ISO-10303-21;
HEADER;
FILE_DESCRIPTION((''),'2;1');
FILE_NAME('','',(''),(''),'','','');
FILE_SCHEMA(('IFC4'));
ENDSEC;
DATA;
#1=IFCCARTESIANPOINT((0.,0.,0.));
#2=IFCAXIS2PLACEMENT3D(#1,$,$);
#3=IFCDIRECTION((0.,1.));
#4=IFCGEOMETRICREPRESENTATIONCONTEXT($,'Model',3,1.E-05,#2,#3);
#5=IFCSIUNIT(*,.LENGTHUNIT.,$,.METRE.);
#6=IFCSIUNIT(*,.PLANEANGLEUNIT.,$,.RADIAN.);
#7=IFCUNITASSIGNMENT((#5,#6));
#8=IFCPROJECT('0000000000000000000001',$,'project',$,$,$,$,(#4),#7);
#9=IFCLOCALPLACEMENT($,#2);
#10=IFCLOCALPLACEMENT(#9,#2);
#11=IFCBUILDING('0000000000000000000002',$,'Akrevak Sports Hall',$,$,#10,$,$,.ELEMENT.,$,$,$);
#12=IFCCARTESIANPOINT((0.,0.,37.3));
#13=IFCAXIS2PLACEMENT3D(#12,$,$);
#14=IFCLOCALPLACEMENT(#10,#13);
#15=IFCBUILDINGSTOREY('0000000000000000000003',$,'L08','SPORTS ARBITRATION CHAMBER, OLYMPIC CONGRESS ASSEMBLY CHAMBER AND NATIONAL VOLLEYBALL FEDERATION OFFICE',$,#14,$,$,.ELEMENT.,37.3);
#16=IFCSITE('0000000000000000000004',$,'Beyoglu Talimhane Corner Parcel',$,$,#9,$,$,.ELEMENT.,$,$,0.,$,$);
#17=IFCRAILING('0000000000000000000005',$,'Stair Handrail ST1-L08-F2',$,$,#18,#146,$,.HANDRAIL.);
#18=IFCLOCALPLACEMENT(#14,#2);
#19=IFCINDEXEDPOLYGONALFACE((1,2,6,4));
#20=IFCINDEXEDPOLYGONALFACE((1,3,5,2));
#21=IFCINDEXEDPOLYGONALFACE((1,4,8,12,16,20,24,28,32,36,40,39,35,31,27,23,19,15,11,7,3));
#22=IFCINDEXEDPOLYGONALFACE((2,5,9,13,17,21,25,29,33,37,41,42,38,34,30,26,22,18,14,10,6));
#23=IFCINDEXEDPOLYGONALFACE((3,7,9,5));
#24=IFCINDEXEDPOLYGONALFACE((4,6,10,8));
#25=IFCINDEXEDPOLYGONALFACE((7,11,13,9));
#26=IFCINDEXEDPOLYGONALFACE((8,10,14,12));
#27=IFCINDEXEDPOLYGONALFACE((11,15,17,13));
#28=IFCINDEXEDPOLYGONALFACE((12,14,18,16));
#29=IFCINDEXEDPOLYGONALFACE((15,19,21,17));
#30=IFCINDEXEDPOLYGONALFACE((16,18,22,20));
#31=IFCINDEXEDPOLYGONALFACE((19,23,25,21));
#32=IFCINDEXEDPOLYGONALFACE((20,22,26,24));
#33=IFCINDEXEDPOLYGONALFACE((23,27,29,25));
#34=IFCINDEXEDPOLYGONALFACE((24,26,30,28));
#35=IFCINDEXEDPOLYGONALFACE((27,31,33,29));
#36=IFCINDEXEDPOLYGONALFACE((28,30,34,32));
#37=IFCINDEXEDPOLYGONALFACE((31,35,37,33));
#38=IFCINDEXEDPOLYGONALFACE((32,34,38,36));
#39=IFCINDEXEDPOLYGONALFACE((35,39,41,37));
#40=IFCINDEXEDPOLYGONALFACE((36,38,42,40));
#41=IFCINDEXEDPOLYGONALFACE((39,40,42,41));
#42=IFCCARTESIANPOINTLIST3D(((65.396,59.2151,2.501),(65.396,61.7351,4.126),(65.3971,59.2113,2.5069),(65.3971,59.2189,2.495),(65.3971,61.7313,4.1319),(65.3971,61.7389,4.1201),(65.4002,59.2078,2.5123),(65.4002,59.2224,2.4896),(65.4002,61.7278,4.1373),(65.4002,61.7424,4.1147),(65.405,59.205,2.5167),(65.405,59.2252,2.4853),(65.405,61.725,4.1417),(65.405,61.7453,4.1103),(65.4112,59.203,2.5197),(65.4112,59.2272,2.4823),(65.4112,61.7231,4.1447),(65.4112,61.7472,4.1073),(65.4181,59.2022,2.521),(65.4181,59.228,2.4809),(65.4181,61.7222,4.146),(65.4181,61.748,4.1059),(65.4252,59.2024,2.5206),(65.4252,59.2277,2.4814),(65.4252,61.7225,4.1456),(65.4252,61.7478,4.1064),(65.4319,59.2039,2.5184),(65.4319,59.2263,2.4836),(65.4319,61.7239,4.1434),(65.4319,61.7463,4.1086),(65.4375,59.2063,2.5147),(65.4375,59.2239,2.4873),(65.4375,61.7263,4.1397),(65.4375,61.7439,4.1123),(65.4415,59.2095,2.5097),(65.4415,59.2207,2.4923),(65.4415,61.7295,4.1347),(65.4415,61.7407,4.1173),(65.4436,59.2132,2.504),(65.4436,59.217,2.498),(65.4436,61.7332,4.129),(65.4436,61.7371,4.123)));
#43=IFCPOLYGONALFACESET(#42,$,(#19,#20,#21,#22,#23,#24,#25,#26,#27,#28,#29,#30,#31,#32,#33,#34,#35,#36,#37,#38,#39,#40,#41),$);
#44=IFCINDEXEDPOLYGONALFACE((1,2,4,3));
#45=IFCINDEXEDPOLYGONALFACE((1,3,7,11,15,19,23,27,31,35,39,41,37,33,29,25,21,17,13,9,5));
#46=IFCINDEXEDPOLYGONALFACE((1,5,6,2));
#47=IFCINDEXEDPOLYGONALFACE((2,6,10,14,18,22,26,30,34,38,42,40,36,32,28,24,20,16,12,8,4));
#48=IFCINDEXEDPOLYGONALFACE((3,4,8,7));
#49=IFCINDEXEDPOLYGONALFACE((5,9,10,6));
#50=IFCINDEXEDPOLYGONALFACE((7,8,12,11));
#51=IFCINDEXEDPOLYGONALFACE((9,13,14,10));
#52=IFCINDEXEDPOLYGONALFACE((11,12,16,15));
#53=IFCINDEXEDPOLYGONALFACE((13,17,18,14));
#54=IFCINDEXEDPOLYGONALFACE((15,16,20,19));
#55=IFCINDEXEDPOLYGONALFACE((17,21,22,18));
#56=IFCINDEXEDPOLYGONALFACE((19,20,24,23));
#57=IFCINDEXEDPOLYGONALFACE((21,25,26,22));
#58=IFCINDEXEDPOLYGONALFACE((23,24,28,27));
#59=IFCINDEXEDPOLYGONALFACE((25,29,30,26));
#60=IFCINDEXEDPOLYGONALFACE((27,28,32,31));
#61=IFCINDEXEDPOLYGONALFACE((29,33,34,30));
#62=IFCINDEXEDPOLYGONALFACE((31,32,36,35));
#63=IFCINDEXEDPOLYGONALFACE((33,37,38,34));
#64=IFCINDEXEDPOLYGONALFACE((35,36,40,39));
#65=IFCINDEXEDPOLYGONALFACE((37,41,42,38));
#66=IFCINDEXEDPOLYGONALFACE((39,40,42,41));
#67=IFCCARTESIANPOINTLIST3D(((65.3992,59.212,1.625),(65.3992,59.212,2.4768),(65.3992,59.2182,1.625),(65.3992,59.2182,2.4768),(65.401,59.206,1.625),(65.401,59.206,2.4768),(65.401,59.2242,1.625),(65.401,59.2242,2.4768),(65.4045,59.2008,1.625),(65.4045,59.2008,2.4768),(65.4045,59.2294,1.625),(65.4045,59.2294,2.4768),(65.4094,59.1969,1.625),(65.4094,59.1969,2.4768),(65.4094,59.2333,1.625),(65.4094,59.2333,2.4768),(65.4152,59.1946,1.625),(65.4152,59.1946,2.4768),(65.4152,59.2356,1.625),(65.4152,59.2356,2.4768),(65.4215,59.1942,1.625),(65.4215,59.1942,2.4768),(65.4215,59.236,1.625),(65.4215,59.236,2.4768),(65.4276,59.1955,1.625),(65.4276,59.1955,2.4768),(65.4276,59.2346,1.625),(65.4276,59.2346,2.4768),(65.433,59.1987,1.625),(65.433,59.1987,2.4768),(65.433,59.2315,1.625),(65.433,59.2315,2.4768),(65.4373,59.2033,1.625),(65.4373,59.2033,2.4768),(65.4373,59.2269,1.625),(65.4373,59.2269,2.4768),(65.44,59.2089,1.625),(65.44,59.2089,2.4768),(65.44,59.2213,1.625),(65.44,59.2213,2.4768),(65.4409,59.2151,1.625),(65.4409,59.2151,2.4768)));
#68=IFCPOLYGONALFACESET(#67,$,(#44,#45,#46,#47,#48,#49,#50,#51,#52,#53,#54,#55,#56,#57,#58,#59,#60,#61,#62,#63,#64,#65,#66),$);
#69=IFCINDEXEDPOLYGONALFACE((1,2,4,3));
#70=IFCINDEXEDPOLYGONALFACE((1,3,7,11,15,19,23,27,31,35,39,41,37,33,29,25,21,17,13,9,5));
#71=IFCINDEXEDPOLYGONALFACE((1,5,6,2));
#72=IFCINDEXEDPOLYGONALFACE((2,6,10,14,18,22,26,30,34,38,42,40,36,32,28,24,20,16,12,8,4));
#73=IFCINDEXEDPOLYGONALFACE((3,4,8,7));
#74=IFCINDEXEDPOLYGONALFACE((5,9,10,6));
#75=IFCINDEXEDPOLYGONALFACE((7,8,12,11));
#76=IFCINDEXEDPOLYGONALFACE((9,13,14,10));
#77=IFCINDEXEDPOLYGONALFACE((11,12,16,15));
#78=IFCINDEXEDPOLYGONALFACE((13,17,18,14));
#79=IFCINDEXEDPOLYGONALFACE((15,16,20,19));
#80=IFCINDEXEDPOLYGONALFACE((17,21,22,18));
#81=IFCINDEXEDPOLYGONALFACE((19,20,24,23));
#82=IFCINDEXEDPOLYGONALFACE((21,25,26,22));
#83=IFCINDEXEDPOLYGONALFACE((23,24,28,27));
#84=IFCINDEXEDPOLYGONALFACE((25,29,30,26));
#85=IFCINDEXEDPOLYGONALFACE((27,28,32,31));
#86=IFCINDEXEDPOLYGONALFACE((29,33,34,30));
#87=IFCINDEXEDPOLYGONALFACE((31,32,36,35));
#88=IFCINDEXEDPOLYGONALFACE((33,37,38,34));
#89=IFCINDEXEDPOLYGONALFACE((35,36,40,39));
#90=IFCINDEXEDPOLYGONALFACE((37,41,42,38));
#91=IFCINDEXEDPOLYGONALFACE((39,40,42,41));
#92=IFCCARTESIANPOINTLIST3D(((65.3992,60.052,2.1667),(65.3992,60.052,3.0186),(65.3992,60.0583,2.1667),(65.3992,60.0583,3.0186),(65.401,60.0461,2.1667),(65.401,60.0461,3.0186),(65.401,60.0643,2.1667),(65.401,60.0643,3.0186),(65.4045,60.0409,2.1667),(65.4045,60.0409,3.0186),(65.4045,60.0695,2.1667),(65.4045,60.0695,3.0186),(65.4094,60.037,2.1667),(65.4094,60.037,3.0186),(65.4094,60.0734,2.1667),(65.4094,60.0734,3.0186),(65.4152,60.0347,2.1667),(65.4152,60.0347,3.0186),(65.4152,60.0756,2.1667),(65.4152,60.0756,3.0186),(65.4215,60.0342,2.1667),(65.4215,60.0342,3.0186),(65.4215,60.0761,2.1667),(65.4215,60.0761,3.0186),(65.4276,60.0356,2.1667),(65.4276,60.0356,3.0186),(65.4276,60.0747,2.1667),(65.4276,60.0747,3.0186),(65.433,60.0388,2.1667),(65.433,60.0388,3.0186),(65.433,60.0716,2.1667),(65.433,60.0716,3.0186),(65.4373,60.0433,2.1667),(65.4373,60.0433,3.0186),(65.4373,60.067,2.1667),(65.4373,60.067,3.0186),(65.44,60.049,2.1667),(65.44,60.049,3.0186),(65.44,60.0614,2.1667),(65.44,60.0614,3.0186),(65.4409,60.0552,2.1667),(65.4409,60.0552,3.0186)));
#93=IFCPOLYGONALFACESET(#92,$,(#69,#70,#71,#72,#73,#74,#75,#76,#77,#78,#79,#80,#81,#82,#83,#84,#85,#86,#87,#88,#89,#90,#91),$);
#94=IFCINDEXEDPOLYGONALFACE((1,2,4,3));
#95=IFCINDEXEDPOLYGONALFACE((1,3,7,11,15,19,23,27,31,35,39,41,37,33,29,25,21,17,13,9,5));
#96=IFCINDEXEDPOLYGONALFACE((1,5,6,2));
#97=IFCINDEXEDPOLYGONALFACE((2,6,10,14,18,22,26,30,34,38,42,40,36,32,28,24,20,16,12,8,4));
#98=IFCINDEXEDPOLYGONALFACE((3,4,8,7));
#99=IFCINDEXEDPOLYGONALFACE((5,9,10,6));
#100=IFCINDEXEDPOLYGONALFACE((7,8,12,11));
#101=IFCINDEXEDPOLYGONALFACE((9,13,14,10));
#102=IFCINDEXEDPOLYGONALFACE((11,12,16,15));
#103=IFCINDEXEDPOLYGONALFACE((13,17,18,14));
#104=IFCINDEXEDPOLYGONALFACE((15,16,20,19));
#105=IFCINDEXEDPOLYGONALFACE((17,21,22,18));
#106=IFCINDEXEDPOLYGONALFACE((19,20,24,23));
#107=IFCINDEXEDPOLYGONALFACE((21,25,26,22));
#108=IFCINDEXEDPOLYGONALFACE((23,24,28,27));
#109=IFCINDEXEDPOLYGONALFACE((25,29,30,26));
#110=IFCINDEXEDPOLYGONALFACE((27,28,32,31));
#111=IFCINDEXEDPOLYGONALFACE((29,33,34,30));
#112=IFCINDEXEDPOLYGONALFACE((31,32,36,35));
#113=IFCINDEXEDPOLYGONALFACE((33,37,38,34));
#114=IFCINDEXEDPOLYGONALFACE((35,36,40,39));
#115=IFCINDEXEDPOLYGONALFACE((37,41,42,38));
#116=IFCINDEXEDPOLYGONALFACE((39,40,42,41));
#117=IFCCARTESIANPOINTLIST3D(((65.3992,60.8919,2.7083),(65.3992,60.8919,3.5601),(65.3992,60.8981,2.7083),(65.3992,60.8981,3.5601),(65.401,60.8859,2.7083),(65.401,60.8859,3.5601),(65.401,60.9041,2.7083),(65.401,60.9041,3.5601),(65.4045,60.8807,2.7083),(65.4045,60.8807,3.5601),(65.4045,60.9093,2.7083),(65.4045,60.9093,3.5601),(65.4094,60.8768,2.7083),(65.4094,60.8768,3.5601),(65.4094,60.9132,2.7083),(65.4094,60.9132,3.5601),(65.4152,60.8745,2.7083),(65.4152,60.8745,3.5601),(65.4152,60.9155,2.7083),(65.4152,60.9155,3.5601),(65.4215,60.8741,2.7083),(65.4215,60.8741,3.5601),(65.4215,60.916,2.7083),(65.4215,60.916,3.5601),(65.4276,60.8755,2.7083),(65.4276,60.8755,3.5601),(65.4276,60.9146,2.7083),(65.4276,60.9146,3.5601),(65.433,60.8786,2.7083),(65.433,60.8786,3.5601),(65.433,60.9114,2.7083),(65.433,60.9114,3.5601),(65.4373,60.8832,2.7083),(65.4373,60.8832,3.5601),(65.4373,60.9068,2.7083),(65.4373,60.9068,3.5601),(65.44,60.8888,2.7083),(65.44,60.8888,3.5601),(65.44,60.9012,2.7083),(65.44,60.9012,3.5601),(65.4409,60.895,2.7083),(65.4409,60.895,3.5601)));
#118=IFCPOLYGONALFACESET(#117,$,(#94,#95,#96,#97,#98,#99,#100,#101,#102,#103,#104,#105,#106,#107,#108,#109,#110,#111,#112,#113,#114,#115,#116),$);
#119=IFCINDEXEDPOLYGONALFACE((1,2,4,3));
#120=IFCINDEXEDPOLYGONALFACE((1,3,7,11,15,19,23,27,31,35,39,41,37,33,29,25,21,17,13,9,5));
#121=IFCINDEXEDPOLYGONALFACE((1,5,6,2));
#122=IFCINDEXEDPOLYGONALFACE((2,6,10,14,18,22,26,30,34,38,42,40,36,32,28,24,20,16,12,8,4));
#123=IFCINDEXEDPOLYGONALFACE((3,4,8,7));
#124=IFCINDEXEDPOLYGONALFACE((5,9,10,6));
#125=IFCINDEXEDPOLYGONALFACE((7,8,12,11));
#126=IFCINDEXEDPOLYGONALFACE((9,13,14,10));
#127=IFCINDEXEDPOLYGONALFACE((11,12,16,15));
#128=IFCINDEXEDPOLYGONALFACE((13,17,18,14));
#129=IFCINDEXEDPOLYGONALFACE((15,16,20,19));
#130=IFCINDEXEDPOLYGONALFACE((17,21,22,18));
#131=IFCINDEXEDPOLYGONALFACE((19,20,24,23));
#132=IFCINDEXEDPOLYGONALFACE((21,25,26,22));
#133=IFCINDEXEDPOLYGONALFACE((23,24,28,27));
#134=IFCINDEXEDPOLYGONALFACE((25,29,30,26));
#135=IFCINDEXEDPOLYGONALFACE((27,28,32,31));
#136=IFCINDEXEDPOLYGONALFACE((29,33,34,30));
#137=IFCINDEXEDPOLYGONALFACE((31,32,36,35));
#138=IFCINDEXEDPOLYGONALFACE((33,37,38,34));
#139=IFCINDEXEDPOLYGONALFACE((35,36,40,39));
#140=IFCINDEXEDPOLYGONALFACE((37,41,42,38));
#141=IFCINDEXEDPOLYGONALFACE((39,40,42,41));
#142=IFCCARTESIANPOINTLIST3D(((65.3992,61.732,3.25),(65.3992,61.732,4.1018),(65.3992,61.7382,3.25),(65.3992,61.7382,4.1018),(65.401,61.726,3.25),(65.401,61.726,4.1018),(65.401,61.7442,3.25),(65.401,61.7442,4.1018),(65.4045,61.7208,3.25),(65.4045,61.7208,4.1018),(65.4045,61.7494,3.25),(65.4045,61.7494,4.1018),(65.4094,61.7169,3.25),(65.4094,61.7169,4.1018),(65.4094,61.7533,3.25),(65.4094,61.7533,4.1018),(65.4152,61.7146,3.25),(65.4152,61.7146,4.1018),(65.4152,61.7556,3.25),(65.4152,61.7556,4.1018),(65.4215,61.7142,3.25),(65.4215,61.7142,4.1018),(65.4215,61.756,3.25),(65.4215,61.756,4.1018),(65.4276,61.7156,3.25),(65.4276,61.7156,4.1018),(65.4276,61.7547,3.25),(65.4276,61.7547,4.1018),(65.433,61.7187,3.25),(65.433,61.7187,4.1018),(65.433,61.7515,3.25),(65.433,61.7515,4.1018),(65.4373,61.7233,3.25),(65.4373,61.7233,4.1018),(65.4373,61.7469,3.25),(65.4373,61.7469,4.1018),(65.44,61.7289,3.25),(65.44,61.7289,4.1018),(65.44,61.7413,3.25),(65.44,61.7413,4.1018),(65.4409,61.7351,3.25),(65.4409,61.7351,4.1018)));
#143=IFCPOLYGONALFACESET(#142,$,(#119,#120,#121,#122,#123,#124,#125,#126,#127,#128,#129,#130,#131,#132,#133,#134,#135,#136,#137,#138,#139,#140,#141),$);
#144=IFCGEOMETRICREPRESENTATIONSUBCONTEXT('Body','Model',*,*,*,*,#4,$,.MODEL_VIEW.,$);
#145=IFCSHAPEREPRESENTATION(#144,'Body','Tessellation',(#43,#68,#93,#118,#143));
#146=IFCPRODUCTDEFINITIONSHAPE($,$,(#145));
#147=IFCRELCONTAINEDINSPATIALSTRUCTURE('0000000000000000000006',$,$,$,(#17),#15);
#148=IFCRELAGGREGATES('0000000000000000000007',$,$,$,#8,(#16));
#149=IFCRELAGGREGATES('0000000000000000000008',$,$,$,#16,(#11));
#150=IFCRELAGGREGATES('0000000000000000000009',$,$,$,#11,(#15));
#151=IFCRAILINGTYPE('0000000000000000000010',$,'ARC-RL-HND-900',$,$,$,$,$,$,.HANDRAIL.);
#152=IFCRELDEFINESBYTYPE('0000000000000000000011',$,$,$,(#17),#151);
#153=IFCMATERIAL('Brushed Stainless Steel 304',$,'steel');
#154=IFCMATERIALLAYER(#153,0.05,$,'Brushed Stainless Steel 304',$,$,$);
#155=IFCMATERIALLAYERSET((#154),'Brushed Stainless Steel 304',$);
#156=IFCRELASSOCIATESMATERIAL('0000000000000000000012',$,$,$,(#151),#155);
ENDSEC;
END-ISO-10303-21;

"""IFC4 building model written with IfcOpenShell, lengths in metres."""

from ifc_helpers import new_model, si_unit, direction, frame, origin, origin_2d, place, context, subcontext, project, spatial, circle, extrude, material, layer, layer_set, type_object, element, save


model = new_model("IFC4")

# Units and contexts
model_context = context("Model", 3, precision=1e-05, world=origin(), true_north=direction((0.0, 1.0)))
body_context = subcontext(model_context, "Body", "Model", "MODEL_VIEW")
ifc_project = project(units=[si_unit("LENGTHUNIT", "METRE"), si_unit("PLANEANGLEUNIT", "RADIAN")], contexts=[model_context])

# Site, building, storey
site_placement = place(None, origin())
site = spatial("IfcSite", under=ifc_project, at=site_placement, Name="Beyoglu Talimhane Corner Parcel", CompositionType="ELEMENT", RefElevation=0.0)
building_placement = place(site_placement, origin())
building = spatial("IfcBuilding", under=site, at=building_placement, Name="Akrevak Sports Hall", CompositionType="ELEMENT")
storey_placement = place(building_placement, frame((0.0, 0.0, 37.3)))
storey = spatial("IfcBuildingStorey", under=building, at=storey_placement, Name="L08", Description="SPORTS ARBITRATION CHAMBER, OLYMPIC CONGRESS ASSEMBLY CHAMBER AND NATIONAL VOLLEYBALL FEDERATION OFFICE", CompositionType="ELEMENT", Elevation=37.3)

# Shared definitions
ifc_material_1 = material(Name="Brushed Stainless Steel 304", Category="steel")

# Railing
ifc_layer_1 = layer(ifc_material_1, 0.05, Name="Brushed Stainless Steel 304")
ifc_layer_set_1 = layer_set([ifc_layer_1], Name="Brushed Stainless Steel 304")
railing_type_1 = type_object("IfcRailingType", Name="ARC-RL-HND-900", PredefinedType="HANDRAIL", material=ifc_layer_set_1)
railing_1_placement = place(storey_placement, frame((65.4199, 59.2151, 1.625)))
element("IfcRailing", 1, at=railing_1_placement, inside=storey, type_object=railing_type_1, Name="Stair Handrail ST1-L08-F2", PredefinedType="HANDRAIL", context=body_context, shape_type="SweptSolid", body=[
    extrude(circle(Radius=0.0239, at=origin_2d()), frame((0.0, 0.0, 0.876), z_axis=(0.0, 0.840421, 0.541934), x_axis=(-1.0, 0.0, 0.0)), (0.0, 0.0, 1.0), 2.9985),
    extrude(circle(Radius=0.021, at=origin_2d()), origin(), (0.0, 0.0, 1.0), 0.8518),
    extrude(circle(Radius=0.021, at=origin_2d()), frame((0.0, 0.8401, 0.5417)), (0.0, 0.0, 1.0), 0.8518),
    extrude(circle(Radius=0.021, at=origin_2d()), frame((0.0, 1.6799, 1.0833)), (0.0, 0.0, 1.0), 0.8518),
    extrude(circle(Radius=0.021, at=origin_2d()), frame((0.0, 2.52, 1.625)), (0.0, 0.0, 1.0), 0.8518),
])

save(model, "model.ifc")
